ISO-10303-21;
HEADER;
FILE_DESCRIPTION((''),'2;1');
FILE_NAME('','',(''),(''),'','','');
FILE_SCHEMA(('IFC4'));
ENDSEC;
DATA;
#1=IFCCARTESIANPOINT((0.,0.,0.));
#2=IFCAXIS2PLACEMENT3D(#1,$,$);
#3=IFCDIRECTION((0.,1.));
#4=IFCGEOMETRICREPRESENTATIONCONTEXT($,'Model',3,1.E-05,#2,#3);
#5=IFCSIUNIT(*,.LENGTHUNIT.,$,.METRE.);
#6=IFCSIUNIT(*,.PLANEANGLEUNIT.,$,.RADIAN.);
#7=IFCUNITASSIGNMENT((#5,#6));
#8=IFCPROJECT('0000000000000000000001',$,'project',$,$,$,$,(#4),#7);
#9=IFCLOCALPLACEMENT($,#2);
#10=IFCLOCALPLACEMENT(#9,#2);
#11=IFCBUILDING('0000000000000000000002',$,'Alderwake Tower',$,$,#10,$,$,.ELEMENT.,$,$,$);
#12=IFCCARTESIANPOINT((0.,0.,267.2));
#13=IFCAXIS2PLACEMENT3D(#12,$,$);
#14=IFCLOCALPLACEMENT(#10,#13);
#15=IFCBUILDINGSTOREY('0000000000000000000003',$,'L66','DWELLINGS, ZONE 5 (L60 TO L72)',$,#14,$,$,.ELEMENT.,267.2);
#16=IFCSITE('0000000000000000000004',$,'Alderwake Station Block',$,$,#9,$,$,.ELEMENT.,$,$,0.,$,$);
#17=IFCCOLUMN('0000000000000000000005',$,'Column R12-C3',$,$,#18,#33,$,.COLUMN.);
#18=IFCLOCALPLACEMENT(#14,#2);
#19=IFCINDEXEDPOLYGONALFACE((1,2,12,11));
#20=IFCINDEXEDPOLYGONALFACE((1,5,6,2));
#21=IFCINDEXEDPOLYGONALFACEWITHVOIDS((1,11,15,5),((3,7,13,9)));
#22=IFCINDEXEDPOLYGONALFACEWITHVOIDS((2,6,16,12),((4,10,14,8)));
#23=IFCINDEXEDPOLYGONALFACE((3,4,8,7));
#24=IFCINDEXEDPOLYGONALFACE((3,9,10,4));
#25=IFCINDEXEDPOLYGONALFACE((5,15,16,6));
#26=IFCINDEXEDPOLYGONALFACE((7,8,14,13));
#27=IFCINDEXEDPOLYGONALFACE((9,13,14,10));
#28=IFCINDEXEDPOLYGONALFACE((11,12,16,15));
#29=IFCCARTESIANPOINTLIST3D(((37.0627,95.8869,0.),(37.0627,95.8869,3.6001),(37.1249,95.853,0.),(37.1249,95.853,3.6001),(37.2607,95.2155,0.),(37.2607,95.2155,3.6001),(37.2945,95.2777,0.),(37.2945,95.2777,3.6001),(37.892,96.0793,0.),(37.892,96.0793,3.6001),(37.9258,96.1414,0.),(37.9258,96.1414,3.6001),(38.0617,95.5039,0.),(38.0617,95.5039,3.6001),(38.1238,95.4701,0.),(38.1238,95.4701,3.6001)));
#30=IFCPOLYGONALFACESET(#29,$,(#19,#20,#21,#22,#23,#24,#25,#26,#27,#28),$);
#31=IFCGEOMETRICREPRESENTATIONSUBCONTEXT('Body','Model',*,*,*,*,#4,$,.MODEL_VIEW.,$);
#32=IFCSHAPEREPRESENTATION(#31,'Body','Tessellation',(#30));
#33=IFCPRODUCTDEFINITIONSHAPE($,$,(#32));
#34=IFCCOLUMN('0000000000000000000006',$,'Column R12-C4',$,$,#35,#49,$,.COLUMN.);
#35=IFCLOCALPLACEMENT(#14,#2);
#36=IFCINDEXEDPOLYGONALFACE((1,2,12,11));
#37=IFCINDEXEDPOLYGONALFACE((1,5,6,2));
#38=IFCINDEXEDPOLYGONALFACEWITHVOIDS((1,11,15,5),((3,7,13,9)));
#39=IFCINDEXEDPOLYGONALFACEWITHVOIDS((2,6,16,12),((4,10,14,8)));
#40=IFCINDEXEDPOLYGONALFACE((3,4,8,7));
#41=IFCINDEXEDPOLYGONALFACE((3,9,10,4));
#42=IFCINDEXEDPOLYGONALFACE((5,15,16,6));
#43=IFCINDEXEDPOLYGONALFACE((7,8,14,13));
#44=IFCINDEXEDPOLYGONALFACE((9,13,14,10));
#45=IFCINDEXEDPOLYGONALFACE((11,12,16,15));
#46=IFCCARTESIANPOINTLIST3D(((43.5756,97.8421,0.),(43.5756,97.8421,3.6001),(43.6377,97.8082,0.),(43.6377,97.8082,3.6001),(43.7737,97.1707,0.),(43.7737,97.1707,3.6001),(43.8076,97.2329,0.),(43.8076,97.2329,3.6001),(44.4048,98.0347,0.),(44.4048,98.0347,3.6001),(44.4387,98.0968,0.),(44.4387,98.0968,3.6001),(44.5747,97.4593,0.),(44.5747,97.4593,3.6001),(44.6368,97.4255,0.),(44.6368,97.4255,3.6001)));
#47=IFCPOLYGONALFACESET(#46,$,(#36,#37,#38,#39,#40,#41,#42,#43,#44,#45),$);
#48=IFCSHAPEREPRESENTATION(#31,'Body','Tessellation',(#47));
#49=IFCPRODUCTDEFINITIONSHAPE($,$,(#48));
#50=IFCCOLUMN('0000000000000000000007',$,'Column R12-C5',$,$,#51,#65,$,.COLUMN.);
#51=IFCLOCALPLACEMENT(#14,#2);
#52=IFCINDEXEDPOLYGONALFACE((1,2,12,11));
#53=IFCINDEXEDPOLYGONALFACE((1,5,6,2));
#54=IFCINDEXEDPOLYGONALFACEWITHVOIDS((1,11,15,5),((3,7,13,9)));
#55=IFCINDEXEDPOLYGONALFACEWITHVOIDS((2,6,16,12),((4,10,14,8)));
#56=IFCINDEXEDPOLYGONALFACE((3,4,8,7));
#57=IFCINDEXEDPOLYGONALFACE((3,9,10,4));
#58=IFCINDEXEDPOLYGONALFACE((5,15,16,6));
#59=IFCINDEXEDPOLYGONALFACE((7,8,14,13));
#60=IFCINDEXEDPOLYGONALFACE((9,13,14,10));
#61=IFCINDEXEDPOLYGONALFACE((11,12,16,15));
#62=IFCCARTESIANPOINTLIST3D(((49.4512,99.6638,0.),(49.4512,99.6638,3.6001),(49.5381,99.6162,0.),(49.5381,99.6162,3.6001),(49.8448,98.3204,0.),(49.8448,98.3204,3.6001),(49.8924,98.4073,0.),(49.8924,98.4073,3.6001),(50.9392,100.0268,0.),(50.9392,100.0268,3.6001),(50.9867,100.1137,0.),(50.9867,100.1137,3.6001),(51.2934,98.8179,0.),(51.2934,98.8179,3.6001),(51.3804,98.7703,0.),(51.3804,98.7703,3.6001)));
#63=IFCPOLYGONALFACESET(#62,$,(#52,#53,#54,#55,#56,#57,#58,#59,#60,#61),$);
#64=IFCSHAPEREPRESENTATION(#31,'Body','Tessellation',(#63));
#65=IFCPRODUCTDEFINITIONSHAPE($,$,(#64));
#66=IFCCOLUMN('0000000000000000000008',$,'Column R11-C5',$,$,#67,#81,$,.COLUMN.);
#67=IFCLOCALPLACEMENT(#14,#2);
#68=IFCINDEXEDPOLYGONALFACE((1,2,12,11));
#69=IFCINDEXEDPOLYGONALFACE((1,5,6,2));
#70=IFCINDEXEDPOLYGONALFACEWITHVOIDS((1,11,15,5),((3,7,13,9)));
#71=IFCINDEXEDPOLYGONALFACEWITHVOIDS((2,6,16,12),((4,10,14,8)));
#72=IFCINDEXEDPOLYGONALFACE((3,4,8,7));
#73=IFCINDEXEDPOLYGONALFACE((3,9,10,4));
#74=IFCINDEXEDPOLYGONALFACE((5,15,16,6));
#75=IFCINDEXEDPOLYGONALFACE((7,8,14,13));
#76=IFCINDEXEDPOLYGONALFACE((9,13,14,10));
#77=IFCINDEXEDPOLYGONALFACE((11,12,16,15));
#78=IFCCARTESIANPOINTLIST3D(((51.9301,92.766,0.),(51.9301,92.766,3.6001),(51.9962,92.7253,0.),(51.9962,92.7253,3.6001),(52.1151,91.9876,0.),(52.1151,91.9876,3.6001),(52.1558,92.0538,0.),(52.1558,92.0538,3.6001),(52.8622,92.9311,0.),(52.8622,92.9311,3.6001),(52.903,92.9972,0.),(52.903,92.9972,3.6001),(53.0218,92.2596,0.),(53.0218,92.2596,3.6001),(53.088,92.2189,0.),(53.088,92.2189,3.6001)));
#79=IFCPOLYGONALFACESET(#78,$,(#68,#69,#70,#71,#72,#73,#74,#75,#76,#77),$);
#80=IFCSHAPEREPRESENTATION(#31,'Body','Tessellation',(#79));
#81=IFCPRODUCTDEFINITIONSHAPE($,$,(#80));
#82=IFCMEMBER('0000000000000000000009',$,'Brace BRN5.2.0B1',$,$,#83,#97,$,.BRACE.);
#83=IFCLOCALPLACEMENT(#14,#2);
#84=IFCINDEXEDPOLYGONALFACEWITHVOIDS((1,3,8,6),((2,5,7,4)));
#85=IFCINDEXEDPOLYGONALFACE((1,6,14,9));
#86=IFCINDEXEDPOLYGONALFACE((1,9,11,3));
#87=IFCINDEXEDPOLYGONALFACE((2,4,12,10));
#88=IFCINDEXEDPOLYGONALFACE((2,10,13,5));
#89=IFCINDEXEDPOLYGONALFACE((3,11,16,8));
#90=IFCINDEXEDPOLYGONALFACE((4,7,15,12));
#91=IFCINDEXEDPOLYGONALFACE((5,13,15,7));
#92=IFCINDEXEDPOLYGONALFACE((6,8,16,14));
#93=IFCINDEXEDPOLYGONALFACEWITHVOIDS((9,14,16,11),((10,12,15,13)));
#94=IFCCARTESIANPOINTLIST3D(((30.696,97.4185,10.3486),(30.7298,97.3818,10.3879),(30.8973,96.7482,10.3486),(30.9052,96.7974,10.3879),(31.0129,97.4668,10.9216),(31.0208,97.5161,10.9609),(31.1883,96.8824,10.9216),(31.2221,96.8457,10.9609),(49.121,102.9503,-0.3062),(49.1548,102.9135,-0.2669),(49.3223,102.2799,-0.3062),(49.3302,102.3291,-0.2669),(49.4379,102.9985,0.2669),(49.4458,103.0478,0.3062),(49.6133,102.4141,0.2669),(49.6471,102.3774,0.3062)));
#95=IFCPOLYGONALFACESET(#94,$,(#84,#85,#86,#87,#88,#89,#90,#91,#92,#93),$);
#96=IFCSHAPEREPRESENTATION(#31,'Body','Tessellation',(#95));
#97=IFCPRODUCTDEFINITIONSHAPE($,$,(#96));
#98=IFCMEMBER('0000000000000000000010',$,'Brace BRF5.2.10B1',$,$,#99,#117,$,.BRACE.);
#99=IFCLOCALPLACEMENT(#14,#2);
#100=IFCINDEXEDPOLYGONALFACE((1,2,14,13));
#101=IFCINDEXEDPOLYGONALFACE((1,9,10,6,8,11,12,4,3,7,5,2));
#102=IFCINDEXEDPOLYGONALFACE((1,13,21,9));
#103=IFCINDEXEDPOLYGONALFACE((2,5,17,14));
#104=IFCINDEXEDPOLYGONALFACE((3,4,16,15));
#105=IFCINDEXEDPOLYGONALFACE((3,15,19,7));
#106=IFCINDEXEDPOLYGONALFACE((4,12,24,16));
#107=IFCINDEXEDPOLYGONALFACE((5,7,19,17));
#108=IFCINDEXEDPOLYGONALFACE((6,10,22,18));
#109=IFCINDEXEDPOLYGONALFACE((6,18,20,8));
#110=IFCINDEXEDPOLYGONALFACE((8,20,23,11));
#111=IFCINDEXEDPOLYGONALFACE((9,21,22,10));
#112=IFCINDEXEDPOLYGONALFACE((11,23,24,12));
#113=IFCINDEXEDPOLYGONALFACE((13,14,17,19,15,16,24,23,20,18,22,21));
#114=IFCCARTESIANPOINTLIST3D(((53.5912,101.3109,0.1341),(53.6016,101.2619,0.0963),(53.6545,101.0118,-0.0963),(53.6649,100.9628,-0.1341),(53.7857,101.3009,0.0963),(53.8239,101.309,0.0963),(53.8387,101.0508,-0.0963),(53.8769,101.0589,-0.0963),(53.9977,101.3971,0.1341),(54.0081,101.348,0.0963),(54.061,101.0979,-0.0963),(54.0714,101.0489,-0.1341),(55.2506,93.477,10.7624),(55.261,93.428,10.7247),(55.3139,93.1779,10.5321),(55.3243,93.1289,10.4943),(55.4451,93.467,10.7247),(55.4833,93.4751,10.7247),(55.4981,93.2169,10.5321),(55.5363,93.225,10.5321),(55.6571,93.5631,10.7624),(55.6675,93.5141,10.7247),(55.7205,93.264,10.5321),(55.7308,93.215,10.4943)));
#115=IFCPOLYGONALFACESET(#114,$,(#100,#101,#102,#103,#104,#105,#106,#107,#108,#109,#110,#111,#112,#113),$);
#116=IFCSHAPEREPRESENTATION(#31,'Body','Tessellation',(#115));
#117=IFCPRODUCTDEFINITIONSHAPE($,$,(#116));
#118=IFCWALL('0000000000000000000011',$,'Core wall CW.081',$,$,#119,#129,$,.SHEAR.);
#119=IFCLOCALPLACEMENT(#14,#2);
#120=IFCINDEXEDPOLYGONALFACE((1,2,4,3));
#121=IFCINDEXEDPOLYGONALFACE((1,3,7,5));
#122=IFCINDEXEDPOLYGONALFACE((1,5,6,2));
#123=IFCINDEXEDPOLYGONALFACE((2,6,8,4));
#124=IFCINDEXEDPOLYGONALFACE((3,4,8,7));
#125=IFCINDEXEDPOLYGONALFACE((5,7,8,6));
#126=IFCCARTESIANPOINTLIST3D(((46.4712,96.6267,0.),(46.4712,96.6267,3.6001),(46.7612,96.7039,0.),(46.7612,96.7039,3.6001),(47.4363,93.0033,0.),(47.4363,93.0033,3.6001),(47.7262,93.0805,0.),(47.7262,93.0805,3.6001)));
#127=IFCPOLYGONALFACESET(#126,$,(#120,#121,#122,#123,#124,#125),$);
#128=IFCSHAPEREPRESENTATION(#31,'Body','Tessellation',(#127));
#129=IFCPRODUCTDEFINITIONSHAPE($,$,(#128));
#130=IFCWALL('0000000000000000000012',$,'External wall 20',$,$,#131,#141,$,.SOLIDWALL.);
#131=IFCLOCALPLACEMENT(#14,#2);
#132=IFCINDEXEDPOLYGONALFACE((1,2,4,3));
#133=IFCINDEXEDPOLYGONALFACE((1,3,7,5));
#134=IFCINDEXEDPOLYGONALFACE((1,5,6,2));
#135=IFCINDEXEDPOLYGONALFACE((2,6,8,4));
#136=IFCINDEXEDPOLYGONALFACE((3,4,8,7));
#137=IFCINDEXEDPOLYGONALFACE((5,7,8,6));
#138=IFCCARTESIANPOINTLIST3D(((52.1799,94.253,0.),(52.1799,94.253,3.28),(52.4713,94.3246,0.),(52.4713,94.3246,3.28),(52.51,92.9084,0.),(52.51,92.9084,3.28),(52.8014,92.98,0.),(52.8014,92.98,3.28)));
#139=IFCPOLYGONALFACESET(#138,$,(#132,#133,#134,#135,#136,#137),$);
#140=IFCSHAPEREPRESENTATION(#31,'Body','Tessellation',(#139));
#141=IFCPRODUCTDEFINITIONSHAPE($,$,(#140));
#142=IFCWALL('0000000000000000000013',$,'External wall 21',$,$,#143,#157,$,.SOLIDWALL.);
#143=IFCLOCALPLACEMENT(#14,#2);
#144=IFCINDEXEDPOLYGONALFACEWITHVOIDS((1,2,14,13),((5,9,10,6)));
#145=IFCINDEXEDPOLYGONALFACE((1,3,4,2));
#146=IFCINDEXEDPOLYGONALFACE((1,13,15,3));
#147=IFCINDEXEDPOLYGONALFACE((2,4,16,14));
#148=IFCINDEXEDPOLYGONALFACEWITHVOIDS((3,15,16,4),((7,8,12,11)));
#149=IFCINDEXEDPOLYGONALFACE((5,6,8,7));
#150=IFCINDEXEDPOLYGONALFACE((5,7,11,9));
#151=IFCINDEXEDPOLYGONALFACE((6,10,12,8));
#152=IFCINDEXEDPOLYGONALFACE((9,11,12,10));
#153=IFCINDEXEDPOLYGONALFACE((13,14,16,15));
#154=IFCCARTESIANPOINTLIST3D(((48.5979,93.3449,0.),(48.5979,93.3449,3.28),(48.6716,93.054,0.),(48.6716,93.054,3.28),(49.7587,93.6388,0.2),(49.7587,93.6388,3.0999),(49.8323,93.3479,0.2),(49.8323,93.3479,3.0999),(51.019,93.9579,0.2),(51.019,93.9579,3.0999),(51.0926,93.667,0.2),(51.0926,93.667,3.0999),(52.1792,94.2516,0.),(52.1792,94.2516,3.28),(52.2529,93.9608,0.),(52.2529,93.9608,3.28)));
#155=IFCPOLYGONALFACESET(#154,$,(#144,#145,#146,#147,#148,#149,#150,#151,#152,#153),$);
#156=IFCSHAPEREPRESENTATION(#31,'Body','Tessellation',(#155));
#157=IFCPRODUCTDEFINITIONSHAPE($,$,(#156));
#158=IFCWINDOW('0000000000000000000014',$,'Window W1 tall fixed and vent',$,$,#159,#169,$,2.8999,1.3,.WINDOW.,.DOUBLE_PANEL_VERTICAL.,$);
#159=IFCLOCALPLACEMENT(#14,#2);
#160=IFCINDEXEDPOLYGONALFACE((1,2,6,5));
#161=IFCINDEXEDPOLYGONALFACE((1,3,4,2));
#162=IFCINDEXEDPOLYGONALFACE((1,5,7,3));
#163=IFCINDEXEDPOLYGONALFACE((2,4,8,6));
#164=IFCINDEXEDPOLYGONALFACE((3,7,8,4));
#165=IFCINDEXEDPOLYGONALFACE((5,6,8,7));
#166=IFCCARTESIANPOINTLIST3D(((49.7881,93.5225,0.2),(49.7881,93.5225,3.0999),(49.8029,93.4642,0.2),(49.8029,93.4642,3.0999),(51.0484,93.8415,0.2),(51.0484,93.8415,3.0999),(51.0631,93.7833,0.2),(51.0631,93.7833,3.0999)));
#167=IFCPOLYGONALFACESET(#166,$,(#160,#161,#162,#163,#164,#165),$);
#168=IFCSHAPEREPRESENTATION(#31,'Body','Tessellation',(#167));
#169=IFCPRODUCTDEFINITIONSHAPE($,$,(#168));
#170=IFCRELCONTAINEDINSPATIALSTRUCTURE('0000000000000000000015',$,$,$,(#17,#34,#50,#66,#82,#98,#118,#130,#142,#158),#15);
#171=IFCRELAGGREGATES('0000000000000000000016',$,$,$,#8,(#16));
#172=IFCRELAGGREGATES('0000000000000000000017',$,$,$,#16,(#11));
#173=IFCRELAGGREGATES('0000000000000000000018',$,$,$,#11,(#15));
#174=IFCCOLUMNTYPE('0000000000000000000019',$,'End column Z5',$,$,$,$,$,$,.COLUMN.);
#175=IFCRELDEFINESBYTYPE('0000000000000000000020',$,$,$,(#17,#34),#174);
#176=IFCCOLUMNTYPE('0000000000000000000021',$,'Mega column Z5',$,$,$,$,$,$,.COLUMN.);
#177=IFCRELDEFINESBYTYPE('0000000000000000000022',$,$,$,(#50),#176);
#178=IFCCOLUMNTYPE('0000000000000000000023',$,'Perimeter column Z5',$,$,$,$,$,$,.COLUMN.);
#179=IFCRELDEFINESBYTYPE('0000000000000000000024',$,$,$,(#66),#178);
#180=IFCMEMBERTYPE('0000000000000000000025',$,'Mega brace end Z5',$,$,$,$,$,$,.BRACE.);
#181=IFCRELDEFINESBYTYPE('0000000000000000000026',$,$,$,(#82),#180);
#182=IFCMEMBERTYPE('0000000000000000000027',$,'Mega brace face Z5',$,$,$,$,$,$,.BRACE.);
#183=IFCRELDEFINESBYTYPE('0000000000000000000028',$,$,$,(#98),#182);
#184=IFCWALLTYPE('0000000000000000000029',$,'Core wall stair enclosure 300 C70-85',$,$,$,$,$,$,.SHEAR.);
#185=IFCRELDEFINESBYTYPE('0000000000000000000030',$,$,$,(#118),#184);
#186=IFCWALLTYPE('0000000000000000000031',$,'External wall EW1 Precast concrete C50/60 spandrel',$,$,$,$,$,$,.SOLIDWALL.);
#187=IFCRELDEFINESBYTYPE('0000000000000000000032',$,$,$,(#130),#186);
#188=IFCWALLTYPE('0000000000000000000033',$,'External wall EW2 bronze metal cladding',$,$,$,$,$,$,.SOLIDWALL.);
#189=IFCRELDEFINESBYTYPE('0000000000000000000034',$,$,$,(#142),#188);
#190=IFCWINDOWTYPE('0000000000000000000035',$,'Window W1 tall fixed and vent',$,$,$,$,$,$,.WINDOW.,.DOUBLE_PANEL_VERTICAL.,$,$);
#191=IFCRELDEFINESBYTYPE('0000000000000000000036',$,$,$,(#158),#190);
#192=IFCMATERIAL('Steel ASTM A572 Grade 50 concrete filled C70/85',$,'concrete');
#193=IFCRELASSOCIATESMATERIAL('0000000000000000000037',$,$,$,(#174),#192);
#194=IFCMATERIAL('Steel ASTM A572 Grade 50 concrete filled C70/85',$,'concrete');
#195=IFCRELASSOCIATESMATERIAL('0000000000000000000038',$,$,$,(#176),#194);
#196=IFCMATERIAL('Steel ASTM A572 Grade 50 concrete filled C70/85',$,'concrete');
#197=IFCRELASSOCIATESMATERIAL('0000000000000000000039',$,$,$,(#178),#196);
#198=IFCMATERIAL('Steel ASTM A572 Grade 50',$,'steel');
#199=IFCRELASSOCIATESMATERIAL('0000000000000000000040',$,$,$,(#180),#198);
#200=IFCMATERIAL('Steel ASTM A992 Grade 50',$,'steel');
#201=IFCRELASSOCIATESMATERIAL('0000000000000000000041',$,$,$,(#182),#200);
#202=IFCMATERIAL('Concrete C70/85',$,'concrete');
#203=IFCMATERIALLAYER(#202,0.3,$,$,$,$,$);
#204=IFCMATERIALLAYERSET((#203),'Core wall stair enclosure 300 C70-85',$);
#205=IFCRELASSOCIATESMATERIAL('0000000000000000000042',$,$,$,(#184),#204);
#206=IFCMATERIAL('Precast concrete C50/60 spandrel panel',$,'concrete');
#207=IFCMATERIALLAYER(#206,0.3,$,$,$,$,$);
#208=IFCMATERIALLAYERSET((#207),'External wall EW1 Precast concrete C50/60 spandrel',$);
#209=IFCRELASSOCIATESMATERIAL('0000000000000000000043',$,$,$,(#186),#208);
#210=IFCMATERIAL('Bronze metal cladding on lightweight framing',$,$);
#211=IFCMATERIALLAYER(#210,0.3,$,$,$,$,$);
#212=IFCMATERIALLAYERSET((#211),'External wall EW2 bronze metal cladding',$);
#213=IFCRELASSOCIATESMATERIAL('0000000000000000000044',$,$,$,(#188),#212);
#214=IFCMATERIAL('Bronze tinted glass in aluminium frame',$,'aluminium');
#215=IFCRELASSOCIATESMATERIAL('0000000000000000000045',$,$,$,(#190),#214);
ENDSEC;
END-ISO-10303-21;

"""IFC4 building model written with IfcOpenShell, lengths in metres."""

from ifc_helpers import new_model, si_unit, direction, frame, frame_2d, origin, origin_2d, place, context, subcontext, project, spatial, rectangle, hollow_rectangle, i_section, extrude, material, layer, layer_set, material_profile, profile_set, type_object, element, fill, save


model = new_model("IFC4")

# Units and contexts
model_context = context("Model", 3, precision=1e-05, world=origin(), true_north=direction((0.0, 1.0)))
body_context = subcontext(model_context, "Body", "Model", "MODEL_VIEW")
ifc_project = project(units=[si_unit("LENGTHUNIT", "METRE"), si_unit("PLANEANGLEUNIT", "RADIAN")], contexts=[model_context])

# Site, building, storey
site_placement = place(None, origin())
site = spatial("IfcSite", under=ifc_project, at=site_placement, Name="Alderwake Station Block", CompositionType="ELEMENT", RefElevation=0.0)
building_placement = place(site_placement, origin())
building = spatial("IfcBuilding", under=site, at=building_placement, Name="Alderwake Tower", CompositionType="ELEMENT")
storey_placement = place(building_placement, frame((0.0, 0.0, 267.2)))
storey = spatial("IfcBuildingStorey", under=building, at=storey_placement, Name="L66", Description="DWELLINGS, ZONE 5 (L60 TO L72)", CompositionType="ELEMENT", Elevation=267.2)

# Columns
ifc_material_1 = material(Name="Steel ASTM A572 Grade 50 concrete filled C70/85", Category="concrete")
ifc_material_profile_1 = material_profile(ifc_material_1, hollow_rectangle(XDim=0.7, YDim=0.8999, WallThickness=0.05, at=origin_2d()), Name="BOX 900X700X50")
ifc_profile_set_1 = profile_set([ifc_material_profile_1], Name="Steel ASTM A572 Grade 50 concrete filled C70/85")
column_type_1 = type_object("IfcColumnType", Name="End column Z5", PredefinedType="COLUMN", material=ifc_profile_set_1)
for number, where, z_axis, x_axis, name in (
    (1, (37.5933, 95.6785, 0.0), (0.0, 0.0, 1.0), (-0.282859, 0.959162, 0.0), "Column R12-C3"),
    (2, (44.1062, 97.6338, 0.0), (0.0, 0.0, 1.0), (-0.283105, 0.959089, 0.0), "Column R12-C4"),
):
    element("IfcColumn", number, at=place(storey_placement, frame(where, z_axis=z_axis, x_axis=x_axis)), inside=storey, type_object=column_type_1, Name=name, PredefinedType="COLUMN", context=body_context, shape_type="SweptSolid", body=[
        extrude(hollow_rectangle(XDim=0.7, YDim=0.8999, WallThickness=0.05, at=origin_2d()), origin(), (0.0, 0.0, 1.0), 3.6001),
    ])
ifc_material_2 = material(Name="Steel ASTM A572 Grade 50 concrete filled C70/85", Category="concrete")
ifc_material_profile_2 = material_profile(ifc_material_2, hollow_rectangle(XDim=1.3999, YDim=1.6001, WallThickness=0.0701, at=origin_2d()), Name="BOX 1600X1400X70")
ifc_profile_set_2 = profile_set([ifc_material_profile_2], Name="Steel ASTM A572 Grade 50 concrete filled C70/85")
column_type_2 = type_object("IfcColumnType", Name="Mega column Z5", PredefinedType="COLUMN", material=ifc_profile_set_2)
column_1_placement = place(storey_placement, frame((50.4158, 99.217, 0.0), z_axis=(0.0, 0.0, 1.0), x_axis=(-0.281214, 0.959645, 0.0)))
element("IfcColumn", 3, at=column_1_placement, inside=storey, type_object=column_type_2, Name="Column R12-C5", PredefinedType="COLUMN", context=body_context, shape_type="SweptSolid", body=[
    extrude(hollow_rectangle(XDim=1.3999, YDim=1.6001, WallThickness=0.0701, at=origin_2d()), origin(), (0.0, 0.0, 1.0), 3.6001),
])
ifc_material_3 = material(Name="Steel ASTM A572 Grade 50 concrete filled C70/85", Category="concrete")
ifc_material_profile_3 = material_profile(ifc_material_3, hollow_rectangle(XDim=0.8, YDim=1.0, WallThickness=0.0549, at=origin_2d()), Name="BOX 1000X800X55")
ifc_profile_set_3 = profile_set([ifc_material_profile_3], Name="Steel ASTM A572 Grade 50 concrete filled C70/85")
column_type_3 = type_object("IfcColumnType", Name="Perimeter column Z5", PredefinedType="COLUMN", material=ifc_profile_set_3)
column_2_placement = place(storey_placement, frame((52.509, 92.4924, 0.0), z_axis=(0.0, 0.0, 1.0), x_axis=(-0.231222, 0.972901, 0.0)))
element("IfcColumn", 4, at=column_2_placement, inside=storey, type_object=column_type_3, Name="Column R11-C5", PredefinedType="COLUMN", context=body_context, shape_type="SweptSolid", body=[
    extrude(hollow_rectangle(XDim=0.8, YDim=1.0, WallThickness=0.0549, at=origin_2d()), origin(), (0.0, 0.0, 1.0), 3.6001),
])

# Members
ifc_material_4 = material(Name="Steel ASTM A572 Grade 50", Category="steel")
ifc_material_profile_4 = material_profile(ifc_material_4, hollow_rectangle(XDim=0.7, YDim=0.7, WallThickness=0.0449, at=origin_2d()), Name="BOX 700X700X45")
ifc_profile_set_4 = profile_set([ifc_material_profile_4], Name="Steel ASTM A572 Grade 50")
member_type_1 = type_object("IfcMemberType", Name="Mega brace end Z5", PredefinedType="BRACE", material=ifc_profile_set_4)
member_1_placement = place(storey_placement, frame((49.384, 102.6638, 0.0), z_axis=(-0.837842, -0.251545, 0.484505), x_axis=(0.287549, -0.957766, 0.0)))
element("IfcMember", 5, at=member_1_placement, inside=storey, type_object=member_type_1, Name="Brace BRN5.2.0B1", PredefinedType="BRACE", context=body_context, shape_type="SweptSolid", body=[
    extrude(hollow_rectangle(XDim=0.7, YDim=0.7, WallThickness=0.0449, at=origin_2d()), origin(), (0.0, 0.0, 1.0), 21.991),
])
ifc_material_5 = material(Name="Steel ASTM A992 Grade 50", Category="steel")
ifc_material_profile_5 = material_profile(ifc_material_5, i_section(OverallWidth=0.4155, OverallDepth=0.4456, WebThickness=0.0391, FlangeThickness=0.0627, at=origin_2d()), Name="W14X342")
ifc_profile_set_5 = profile_set([ifc_material_profile_5], Name="Steel ASTM A992 Grade 50")
member_type_2 = type_object("IfcMemberType", Name="Mega brace face Z5", PredefinedType="BRACE", material=ifc_profile_set_5)
member_2_placement = place(storey_placement, frame((53.8313, 101.1799, 0.0), z_axis=(0.124699, -0.588692, 0.798682), x_axis=(0.978293, 0.207226, 0.0)))
element("IfcMember", 6, at=member_2_placement, inside=storey, type_object=member_type_2, Name="Brace BRF5.2.10B1", PredefinedType="BRACE", context=body_context, shape_type="SweptSolid", body=[
    extrude(i_section(OverallWidth=0.4155, OverallDepth=0.4456, WebThickness=0.0391, FlangeThickness=0.0627, at=origin_2d()), origin(), (0.0, 0.0, 1.0), 13.3074),
])

# Walls
ifc_material_6 = material(Name="Concrete C70/85", Category="concrete")
ifc_layer_1 = layer(ifc_material_6, 0.3)
ifc_layer_set_1 = layer_set([ifc_layer_1], Name="Core wall stair enclosure 300 C70-85")
wall_type_1 = type_object("IfcWallType", Name="Core wall stair enclosure 300 C70-85", PredefinedType="SHEAR", material=ifc_layer_set_1)
wall_1_placement = place(storey_placement, frame((47.5813, 93.0417, 0.0), z_axis=(0.0, 0.0, 1.0), x_axis=(-0.257367, 0.966314, 0.0)))
element("IfcWall", 7, at=wall_1_placement, inside=storey, type_object=wall_type_1, Name="Core wall CW.081", PredefinedType="SHEAR", context=body_context, shape_type="SweptSolid", body=[
    extrude(rectangle(XDim=3.7498, YDim=0.3, at=frame_2d((1.875, 0.0))), origin(), (0.0, 0.0, 1.0), 3.6001),
])
ifc_material_7 = material(Name="Precast concrete C50/60 spandrel panel", Category="concrete")
ifc_layer_2 = layer(ifc_material_7, 0.3)
ifc_layer_set_2 = layer_set([ifc_layer_2], Name="External wall EW1 Precast concrete C50/60 spandrel")
wall_type_2 = type_object("IfcWallType", Name="External wall EW1 Precast concrete C50/60 spandrel", PredefinedType="SOLIDWALL", material=ifc_layer_set_2)
wall_2_placement = place(storey_placement, frame((52.6558, 92.9441, 0.0), z_axis=(0.0, 0.0, 1.0), x_axis=(-0.238426, 0.971161, 0.0)))
element("IfcWall", 8, at=wall_2_placement, inside=storey, type_object=wall_type_2, Name="External wall 20", PredefinedType="SOLIDWALL", context=body_context, shape_type="SweptSolid", body=[
    extrude(rectangle(XDim=1.3845, YDim=0.3, at=frame_2d((0.6924, 0.0))), origin(), (0.0, 0.0, 1.0), 3.28),
])

# Wall, opening, window
ifc_material_8 = material(Name="Bronze metal cladding on lightweight framing")
ifc_layer_3 = layer(ifc_material_8, 0.3)
ifc_layer_set_3 = layer_set([ifc_layer_3], Name="External wall EW2 bronze metal cladding")
wall_type_3 = type_object("IfcWallType", Name="External wall EW2 bronze metal cladding", PredefinedType="SOLIDWALL", material=ifc_layer_set_3)
wall_3_placement = place(storey_placement, frame((52.2161, 94.1062, 0.0), z_axis=(0.0, 0.0, 1.0), x_axis=(-0.969411, -0.245442, 0.0)))
wall_3 = element("IfcWall", 9, at=wall_3_placement, inside=storey, type_object=wall_type_3, Name="External wall 21", PredefinedType="SOLIDWALL", context=body_context, shape_type="SweptSolid", body=[
    extrude(rectangle(XDim=3.6943, YDim=0.3, at=frame_2d((1.8472, 0.0))), origin(), (0.0, 0.0, 1.0), 3.28),
])
opening_1_placement = place(wall_3_placement, frame((1.197, 0.0, 0.2)))
opening_1 = element("IfcOpeningElement", 10, at=opening_1_placement, cuts=wall_3, PredefinedType="OPENING", context=body_context, shape_type="SweptSolid", body=[
    extrude(rectangle(XDim=1.3, YDim=2.8999, at=frame_2d((0.6499, 1.45))), frame((0.0, 0.1599, 0.0), z_axis=(0.0, -1.0, 0.0), x_axis=(1.0, 0.0, 0.0)), (0.0, 0.0, 1.0), 0.3201),
])
ifc_material_9 = material(Name="Bronze tinted glass in aluminium frame", Category="aluminium")
window_type = type_object("IfcWindowType", Name="Window W1 tall fixed and vent", PartitioningType="DOUBLE_PANEL_VERTICAL", PredefinedType="WINDOW", material=ifc_material_9)
window_1_placement = place(opening_1_placement, origin())
window_1 = element("IfcWindow", 11, at=window_1_placement, inside=storey, type_object=window_type, Name="Window W1 tall fixed and vent", OverallHeight=2.8999, OverallWidth=1.3, PartitioningType="DOUBLE_PANEL_VERTICAL", PredefinedType="WINDOW", context=body_context, shape_type="SweptSolid", body=[
    extrude(rectangle(XDim=1.3, YDim=2.8999, at=frame_2d((0.6499, 1.45))), frame((0.0, 0.03, 0.0), z_axis=(0.0, -1.0, 0.0), x_axis=(1.0, 0.0, 0.0)), (0.0, 0.0, 1.0), 0.0601),
])
fill(opening_1, window_1)

save(model, "model.ifc")
